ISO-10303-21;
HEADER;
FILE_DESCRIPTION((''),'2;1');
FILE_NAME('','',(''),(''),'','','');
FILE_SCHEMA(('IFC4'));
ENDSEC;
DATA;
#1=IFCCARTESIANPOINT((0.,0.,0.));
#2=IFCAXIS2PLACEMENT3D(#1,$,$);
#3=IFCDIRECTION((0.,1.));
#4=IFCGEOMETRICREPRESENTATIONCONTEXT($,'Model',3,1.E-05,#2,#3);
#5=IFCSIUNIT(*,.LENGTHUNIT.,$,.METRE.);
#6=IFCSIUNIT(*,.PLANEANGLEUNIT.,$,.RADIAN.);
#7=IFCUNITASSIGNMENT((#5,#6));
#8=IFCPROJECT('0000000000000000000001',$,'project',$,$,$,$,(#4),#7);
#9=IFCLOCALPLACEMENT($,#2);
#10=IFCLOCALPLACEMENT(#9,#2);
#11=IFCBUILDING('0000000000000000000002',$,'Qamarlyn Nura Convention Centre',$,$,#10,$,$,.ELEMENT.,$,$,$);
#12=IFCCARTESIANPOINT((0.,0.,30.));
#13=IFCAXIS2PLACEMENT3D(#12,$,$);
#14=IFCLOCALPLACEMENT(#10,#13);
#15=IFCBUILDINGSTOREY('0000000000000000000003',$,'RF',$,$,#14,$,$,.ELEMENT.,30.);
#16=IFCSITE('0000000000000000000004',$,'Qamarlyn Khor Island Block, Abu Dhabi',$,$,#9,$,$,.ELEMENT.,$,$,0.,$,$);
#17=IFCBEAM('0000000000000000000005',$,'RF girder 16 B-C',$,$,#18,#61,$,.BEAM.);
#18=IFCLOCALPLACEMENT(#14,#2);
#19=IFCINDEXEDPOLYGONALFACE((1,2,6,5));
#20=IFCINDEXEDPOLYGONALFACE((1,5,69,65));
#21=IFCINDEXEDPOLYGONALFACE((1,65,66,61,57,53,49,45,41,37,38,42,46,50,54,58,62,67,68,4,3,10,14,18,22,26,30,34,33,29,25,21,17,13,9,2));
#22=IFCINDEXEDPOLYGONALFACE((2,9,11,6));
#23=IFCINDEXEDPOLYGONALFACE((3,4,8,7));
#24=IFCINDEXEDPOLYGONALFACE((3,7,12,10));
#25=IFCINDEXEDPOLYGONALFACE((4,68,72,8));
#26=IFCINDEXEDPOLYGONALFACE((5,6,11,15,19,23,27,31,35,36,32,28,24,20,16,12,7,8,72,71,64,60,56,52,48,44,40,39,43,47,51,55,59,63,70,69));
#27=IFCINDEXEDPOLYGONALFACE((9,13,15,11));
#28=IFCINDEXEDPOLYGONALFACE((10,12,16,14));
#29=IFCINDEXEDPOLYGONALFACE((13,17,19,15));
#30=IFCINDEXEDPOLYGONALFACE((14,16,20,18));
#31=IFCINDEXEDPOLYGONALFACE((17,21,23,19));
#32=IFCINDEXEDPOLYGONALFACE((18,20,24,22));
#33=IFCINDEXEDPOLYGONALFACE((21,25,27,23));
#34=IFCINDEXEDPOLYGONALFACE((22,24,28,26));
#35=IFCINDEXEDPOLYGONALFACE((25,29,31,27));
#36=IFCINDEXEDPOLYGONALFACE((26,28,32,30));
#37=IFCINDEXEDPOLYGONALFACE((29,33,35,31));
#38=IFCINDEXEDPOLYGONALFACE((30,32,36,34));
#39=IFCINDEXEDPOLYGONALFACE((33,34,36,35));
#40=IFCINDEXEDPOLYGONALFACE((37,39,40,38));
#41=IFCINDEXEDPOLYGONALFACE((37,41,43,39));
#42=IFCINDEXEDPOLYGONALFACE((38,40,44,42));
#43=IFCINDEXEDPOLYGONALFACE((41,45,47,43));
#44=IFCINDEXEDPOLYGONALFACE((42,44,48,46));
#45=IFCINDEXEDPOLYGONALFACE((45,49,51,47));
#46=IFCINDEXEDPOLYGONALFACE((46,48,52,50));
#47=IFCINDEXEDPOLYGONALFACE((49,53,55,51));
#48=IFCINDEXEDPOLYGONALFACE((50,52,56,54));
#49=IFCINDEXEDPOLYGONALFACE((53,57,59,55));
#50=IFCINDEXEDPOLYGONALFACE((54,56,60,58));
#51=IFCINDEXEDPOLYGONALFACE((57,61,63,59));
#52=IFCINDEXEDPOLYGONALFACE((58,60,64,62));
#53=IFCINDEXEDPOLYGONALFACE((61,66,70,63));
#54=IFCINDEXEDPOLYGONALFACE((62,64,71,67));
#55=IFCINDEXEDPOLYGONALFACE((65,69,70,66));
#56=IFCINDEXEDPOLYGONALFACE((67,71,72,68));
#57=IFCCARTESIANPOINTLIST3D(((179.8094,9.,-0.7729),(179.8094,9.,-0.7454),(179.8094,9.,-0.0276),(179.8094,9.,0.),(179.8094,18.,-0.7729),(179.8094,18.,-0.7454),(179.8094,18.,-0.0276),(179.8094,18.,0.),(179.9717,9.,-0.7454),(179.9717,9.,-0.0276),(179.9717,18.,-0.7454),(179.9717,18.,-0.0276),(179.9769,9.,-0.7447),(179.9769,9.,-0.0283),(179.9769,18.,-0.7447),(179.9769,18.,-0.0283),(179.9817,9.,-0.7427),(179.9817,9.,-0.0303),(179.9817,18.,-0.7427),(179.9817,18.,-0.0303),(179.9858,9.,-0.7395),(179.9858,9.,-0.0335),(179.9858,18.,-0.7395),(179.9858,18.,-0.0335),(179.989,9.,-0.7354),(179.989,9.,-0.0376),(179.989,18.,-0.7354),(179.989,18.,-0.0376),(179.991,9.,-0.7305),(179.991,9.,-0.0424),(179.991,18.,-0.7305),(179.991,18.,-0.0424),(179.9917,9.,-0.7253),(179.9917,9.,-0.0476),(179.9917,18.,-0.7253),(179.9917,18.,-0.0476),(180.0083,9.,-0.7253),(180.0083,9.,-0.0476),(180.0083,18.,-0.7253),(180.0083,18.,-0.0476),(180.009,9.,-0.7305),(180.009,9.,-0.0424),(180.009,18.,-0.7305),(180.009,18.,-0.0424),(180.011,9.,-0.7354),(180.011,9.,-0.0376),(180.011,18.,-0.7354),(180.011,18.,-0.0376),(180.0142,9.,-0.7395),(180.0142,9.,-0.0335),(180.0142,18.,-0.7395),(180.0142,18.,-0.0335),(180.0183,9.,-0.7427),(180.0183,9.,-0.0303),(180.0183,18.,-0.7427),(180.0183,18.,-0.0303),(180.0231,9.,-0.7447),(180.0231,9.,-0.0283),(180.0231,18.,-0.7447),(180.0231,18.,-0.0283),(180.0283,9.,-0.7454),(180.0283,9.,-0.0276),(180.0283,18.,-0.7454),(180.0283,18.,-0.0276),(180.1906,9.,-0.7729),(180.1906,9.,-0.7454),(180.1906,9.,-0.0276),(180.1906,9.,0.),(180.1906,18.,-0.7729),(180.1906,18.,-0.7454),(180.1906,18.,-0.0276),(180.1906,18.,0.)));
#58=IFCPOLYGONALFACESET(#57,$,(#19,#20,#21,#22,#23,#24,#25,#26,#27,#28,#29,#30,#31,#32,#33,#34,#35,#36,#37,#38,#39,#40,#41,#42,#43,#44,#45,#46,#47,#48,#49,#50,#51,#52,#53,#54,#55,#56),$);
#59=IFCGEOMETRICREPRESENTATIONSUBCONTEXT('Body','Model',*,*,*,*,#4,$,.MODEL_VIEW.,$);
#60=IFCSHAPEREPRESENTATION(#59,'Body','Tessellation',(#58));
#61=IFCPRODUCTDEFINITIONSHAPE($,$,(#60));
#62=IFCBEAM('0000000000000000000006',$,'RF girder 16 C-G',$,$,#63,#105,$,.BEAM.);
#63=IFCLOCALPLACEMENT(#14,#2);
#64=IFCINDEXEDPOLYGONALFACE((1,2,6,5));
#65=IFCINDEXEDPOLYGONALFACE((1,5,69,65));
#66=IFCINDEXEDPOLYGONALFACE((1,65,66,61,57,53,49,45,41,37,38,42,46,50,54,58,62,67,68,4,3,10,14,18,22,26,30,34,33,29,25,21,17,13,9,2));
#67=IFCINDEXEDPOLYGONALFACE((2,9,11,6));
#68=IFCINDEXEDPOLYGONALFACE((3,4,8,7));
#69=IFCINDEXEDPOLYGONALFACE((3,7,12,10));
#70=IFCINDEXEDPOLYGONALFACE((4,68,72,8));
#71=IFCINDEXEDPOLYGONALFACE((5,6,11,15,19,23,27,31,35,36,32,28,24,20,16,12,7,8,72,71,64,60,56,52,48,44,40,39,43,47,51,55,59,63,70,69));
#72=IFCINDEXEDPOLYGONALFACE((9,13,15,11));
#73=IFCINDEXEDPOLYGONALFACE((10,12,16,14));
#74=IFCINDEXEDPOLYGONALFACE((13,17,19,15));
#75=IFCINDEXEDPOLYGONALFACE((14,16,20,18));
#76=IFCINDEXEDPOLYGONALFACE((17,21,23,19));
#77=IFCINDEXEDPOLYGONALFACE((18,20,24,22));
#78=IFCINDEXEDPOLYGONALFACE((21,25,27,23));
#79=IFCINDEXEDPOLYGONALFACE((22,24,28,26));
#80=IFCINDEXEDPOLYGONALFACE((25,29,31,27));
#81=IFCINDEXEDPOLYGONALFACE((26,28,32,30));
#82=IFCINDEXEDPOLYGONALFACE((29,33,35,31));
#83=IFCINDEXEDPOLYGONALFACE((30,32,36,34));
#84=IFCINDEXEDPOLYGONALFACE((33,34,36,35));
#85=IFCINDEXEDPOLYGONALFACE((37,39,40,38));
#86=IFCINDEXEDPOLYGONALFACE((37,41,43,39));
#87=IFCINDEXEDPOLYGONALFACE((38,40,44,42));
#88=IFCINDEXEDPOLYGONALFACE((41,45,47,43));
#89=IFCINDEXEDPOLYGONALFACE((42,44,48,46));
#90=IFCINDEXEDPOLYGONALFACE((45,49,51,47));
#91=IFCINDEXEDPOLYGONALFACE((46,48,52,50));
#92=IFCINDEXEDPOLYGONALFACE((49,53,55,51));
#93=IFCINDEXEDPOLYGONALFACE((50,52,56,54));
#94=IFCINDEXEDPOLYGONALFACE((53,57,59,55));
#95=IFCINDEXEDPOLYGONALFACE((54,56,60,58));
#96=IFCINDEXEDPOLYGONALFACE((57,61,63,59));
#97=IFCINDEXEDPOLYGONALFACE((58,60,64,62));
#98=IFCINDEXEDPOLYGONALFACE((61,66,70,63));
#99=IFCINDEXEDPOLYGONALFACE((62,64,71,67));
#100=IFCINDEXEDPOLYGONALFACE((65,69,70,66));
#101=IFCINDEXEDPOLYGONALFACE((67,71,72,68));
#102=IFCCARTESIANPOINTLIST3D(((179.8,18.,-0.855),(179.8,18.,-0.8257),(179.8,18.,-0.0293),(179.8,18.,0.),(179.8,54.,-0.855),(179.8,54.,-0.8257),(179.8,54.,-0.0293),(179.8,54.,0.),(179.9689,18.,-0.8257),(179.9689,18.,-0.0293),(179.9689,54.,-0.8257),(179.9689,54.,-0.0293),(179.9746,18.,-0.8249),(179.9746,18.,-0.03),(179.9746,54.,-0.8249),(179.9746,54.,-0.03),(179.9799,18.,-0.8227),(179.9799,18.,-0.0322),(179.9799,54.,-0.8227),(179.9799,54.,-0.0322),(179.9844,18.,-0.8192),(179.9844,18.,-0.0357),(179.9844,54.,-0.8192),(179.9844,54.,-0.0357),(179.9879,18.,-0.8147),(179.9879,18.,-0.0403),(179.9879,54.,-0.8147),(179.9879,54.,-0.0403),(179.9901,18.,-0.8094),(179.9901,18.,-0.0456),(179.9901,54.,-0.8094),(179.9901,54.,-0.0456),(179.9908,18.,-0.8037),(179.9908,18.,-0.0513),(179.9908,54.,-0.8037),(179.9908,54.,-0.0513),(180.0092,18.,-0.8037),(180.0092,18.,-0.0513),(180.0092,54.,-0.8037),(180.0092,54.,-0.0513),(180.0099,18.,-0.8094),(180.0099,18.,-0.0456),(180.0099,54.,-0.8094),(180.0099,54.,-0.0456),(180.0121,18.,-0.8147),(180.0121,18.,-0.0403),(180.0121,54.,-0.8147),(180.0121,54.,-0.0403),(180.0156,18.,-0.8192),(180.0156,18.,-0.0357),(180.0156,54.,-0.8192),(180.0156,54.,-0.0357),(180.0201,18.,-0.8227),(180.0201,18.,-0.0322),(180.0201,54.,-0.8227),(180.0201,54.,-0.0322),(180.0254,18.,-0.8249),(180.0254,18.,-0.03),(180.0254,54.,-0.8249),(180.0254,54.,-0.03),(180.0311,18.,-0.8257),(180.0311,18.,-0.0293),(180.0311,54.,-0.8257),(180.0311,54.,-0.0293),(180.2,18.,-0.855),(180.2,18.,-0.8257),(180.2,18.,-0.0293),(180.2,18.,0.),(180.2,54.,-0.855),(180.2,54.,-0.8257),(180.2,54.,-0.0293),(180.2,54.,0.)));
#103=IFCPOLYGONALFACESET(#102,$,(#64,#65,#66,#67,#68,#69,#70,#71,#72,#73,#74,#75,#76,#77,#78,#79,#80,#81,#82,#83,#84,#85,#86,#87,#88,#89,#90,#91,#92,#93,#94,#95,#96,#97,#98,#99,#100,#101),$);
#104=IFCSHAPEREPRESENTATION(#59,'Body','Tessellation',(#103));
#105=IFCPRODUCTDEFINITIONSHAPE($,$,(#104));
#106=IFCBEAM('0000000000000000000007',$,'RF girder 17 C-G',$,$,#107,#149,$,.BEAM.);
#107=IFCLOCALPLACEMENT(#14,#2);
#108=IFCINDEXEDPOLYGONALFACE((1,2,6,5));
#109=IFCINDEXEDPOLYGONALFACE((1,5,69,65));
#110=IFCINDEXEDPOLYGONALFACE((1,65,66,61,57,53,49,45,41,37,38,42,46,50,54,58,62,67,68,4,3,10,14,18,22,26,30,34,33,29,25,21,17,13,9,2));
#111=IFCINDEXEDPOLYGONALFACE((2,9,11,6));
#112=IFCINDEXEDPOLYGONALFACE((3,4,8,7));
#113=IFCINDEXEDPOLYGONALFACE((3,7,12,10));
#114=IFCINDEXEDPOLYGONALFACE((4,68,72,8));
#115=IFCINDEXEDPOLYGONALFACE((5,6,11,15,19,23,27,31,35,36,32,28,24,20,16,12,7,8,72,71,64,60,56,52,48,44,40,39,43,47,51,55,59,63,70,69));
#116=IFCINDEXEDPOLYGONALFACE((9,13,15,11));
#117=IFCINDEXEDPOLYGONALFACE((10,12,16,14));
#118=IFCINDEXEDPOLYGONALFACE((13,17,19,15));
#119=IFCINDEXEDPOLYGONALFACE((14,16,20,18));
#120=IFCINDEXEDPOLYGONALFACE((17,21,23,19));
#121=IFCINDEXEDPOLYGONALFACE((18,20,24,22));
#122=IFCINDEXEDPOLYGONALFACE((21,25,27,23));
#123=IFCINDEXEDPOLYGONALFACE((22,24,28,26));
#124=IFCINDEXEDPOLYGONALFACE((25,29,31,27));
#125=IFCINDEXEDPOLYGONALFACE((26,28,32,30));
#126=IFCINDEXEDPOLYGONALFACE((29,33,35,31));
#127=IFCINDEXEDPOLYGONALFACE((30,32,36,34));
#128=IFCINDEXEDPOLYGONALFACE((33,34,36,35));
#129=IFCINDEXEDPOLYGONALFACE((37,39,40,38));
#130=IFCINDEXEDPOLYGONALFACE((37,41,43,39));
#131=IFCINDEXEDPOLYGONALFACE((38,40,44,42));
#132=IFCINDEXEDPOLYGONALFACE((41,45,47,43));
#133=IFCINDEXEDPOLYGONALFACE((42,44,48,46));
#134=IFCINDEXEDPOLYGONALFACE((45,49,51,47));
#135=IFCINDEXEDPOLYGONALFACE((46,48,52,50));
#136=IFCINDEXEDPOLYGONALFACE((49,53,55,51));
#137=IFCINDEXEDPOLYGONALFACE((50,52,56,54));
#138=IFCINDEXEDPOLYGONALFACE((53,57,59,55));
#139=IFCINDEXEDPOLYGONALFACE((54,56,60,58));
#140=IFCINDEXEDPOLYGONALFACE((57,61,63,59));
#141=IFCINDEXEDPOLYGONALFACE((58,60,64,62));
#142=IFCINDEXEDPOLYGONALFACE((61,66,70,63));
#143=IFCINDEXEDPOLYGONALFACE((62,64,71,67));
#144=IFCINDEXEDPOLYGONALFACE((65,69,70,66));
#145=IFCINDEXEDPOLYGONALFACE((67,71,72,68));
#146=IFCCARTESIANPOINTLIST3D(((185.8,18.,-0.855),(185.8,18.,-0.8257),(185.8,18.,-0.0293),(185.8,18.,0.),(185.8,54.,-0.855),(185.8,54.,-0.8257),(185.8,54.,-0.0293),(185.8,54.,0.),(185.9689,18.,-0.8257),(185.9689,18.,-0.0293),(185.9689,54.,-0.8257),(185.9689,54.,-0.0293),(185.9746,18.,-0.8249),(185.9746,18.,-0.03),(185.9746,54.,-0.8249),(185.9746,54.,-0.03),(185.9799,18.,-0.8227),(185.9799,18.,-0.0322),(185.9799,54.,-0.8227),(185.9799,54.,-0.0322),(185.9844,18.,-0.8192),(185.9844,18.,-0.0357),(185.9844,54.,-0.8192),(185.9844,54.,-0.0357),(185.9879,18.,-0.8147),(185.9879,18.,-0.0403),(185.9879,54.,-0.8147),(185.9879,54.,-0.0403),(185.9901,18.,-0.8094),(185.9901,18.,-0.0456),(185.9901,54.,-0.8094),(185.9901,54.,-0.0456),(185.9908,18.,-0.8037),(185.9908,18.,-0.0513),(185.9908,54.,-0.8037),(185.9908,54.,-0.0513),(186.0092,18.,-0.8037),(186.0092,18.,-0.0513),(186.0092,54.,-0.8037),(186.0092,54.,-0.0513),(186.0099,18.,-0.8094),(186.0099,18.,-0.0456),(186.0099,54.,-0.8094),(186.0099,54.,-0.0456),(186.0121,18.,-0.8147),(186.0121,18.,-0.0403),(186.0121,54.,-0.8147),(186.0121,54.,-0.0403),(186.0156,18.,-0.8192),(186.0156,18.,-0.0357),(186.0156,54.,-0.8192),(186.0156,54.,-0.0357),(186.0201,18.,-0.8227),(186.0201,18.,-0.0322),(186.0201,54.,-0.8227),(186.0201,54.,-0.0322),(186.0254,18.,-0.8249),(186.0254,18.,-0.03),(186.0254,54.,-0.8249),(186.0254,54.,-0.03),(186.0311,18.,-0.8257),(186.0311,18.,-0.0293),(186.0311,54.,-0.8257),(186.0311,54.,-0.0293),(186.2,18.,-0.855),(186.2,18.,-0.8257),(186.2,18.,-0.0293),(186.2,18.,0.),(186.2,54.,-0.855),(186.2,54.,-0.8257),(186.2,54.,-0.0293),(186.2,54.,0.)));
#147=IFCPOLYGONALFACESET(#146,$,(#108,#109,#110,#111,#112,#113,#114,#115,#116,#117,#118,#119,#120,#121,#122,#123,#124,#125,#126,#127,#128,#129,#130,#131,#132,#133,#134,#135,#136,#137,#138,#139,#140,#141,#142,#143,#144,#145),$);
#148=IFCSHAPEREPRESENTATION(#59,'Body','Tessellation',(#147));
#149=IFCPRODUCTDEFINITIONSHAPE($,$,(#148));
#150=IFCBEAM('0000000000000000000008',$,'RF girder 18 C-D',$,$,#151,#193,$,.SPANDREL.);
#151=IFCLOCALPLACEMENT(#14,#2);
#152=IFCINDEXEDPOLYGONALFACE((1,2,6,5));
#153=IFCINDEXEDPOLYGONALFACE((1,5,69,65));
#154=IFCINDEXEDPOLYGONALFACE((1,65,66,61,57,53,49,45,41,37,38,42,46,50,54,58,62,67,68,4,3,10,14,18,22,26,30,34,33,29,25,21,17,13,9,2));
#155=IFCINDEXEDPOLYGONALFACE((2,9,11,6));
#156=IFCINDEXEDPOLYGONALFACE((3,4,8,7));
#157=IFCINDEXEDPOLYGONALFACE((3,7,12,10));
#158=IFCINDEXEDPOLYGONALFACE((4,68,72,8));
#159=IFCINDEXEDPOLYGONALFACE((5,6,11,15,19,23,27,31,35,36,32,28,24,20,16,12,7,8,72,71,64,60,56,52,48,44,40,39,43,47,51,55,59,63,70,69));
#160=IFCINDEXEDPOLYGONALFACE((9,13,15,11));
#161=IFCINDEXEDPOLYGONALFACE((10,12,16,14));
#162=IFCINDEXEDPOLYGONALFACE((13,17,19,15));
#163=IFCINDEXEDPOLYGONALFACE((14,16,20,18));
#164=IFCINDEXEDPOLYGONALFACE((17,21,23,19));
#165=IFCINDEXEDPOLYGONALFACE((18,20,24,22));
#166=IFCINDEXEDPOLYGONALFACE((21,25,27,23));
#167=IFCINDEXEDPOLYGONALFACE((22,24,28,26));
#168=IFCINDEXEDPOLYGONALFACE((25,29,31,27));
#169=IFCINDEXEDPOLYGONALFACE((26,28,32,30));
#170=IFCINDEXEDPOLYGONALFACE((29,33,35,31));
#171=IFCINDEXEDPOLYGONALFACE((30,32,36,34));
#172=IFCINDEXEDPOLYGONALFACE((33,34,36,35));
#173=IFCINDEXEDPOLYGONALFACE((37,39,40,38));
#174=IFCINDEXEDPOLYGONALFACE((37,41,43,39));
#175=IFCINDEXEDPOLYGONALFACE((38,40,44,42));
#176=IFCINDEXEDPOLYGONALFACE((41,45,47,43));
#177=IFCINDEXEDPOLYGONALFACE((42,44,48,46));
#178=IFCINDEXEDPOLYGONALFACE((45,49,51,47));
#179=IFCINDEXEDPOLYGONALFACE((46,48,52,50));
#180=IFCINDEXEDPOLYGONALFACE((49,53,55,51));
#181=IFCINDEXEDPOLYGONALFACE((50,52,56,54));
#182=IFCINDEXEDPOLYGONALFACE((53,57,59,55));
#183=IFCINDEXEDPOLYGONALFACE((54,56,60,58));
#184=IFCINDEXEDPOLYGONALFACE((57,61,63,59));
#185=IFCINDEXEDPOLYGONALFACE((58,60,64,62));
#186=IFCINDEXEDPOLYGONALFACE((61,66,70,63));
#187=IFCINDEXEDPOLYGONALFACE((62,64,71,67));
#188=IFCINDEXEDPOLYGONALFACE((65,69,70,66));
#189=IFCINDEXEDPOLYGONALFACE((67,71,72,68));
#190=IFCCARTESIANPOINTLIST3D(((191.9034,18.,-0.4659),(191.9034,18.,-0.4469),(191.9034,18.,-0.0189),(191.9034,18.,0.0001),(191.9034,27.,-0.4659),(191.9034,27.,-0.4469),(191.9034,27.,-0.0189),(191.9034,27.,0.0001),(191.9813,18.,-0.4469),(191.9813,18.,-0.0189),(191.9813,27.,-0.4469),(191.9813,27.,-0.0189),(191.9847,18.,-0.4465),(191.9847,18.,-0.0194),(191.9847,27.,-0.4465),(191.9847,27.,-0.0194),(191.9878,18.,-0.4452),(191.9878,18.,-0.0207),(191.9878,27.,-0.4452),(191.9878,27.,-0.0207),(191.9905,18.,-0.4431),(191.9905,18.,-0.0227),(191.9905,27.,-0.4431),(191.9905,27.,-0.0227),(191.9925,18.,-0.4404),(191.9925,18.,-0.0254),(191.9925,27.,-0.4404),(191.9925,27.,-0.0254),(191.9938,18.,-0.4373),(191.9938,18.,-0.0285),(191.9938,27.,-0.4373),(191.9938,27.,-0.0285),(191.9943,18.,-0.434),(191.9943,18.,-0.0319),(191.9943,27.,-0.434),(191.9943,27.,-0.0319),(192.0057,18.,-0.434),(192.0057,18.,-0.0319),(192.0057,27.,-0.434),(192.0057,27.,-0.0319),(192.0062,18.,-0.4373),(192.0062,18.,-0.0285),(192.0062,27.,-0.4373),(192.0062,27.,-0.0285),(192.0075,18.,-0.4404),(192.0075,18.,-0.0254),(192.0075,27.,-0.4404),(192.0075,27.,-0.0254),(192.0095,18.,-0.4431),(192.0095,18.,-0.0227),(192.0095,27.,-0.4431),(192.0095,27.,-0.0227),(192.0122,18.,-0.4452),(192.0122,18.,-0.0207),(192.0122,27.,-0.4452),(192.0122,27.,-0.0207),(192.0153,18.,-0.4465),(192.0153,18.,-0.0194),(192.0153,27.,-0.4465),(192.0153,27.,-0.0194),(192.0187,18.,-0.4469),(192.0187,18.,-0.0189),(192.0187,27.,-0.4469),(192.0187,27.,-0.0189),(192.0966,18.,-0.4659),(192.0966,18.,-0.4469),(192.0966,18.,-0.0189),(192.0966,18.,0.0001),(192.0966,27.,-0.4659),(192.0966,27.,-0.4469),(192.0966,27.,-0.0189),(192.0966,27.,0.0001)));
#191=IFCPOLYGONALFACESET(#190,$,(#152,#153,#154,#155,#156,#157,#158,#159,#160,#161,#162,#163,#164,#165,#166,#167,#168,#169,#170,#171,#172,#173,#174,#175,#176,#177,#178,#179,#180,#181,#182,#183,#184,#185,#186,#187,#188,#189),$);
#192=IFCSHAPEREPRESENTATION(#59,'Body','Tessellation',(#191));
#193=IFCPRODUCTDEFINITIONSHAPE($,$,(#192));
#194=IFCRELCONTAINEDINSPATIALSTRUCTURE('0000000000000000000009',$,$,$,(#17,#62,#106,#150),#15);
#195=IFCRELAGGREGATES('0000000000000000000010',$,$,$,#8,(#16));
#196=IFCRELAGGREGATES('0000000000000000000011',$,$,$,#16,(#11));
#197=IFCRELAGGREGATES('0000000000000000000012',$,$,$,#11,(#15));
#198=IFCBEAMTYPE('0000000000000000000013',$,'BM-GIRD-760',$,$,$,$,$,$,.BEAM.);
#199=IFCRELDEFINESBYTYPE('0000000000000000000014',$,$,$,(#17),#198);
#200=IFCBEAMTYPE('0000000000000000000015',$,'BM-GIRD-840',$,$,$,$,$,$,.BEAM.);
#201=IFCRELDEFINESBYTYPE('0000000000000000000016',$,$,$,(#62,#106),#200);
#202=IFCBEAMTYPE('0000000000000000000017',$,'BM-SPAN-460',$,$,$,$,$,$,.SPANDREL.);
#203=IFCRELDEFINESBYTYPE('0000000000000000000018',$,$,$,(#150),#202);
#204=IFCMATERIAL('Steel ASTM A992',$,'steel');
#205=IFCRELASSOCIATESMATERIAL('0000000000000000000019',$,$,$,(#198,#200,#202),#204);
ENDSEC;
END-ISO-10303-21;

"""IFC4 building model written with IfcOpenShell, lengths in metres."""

from ifc_helpers import new_model, si_unit, direction, frame, origin, origin_2d, place, context, subcontext, project, spatial, i_section, extrude, material, material_profile, profile_set, type_object, element, save


model = new_model("IFC4")

# Units and contexts
model_context = context("Model", 3, precision=1e-05, world=origin(), true_north=direction((0.0, 1.0)))
body_context = subcontext(model_context, "Body", "Model", "MODEL_VIEW")
ifc_project = project(units=[si_unit("LENGTHUNIT", "METRE"), si_unit("PLANEANGLEUNIT", "RADIAN")], contexts=[model_context])

# Site, building, storey
site_placement = place(None, origin())
site = spatial("IfcSite", under=ifc_project, at=site_placement, Name="Qamarlyn Khor Island Block, Abu Dhabi", CompositionType="ELEMENT", RefElevation=0.0)
building_placement = place(site_placement, origin())
building = spatial("IfcBuilding", under=site, at=building_placement, Name="Qamarlyn Nura Convention Centre", CompositionType="ELEMENT")
storey_placement = place(building_placement, frame((0.0, 0.0, 30.0)))
storey = spatial("IfcBuildingStorey", under=building, at=storey_placement, Name="RF", CompositionType="ELEMENT", Elevation=30.0)

# Beams
ifc_material_1 = material(Name="Steel ASTM A992", Category="steel")
ifc_material_profile_1 = material_profile(ifc_material_1, i_section(OverallWidth=0.3811, OverallDepth=0.7729, WebThickness=0.0166, FlangeThickness=0.0276, FilletRadius=0.02, at=origin_2d()), Name="W760X257")
ifc_profile_set_1 = profile_set([ifc_material_profile_1], Name="Steel ASTM A992")
beam_type_1 = type_object("IfcBeamType", Name="BM-GIRD-760", PredefinedType="BEAM", material=ifc_profile_set_1)
for number, where, z_axis, x_axis, name in (
    (1, (180.0, 9.0, -0.3865), (0.0, 1.0, 0.0), (-1.0, 0.0, 0.0), "RF girder 16 B-C"),
):
    element("IfcBeam", number, at=place(storey_placement, frame(where, z_axis=z_axis, x_axis=x_axis)), inside=storey, type_object=beam_type_1, Name=name, PredefinedType="BEAM", context=body_context, shape_type="SweptSolid", body=[
        extrude(i_section(OverallWidth=0.3811, OverallDepth=0.7729, WebThickness=0.0166, FlangeThickness=0.0276, FilletRadius=0.02, at=origin_2d()), origin(), (0.0, 0.0, 1.0), 9.0),
    ])
ifc_material_profile_2 = material_profile(ifc_material_1, i_section(OverallWidth=0.3999, OverallDepth=0.855, WebThickness=0.0183, FlangeThickness=0.0293, FilletRadius=0.022, at=origin_2d()), Name="W840X299")
ifc_profile_set_2 = profile_set([ifc_material_profile_2], Name="Steel ASTM A992")
beam_type_2 = type_object("IfcBeamType", Name="BM-GIRD-840", PredefinedType="BEAM", material=ifc_profile_set_2)
for number, where, z_axis, x_axis, name in (
    (2, (180.0, 18.0, -0.4275), (0.0, 1.0, 0.0), (-1.0, 0.0, 0.0), "RF girder 16 C-G"),
    (3, (186.0, 18.0, -0.4275), (0.0, 1.0, 0.0), (-1.0, 0.0, 0.0), "RF girder 17 C-G"),
):
    element("IfcBeam", number, at=place(storey_placement, frame(where, z_axis=z_axis, x_axis=x_axis)), inside=storey, type_object=beam_type_2, Name=name, PredefinedType="BEAM", context=body_context, shape_type="SweptSolid", body=[
        extrude(i_section(OverallWidth=0.3999, OverallDepth=0.855, WebThickness=0.0183, FlangeThickness=0.0293, FilletRadius=0.022, at=origin_2d()), origin(), (0.0, 0.0, 1.0), 36.0),
    ])
ifc_material_profile_3 = material_profile(ifc_material_1, i_section(OverallWidth=0.1931, OverallDepth=0.4661, WebThickness=0.0115, FlangeThickness=0.019, FilletRadius=0.0129, at=origin_2d()), Name="W460X97")
ifc_profile_set_3 = profile_set([ifc_material_profile_3], Name="Steel ASTM A992")
beam_type_3 = type_object("IfcBeamType", Name="BM-SPAN-460", PredefinedType="SPANDREL", material=ifc_profile_set_3)
for number, where, z_axis, x_axis, name in (
    (4, (192.0, 18.0, -0.2329), (0.0, 1.0, 0.0), (-1.0, 0.0, 0.0), "RF girder 18 C-D"),
):
    element("IfcBeam", number, at=place(storey_placement, frame(where, z_axis=z_axis, x_axis=x_axis)), inside=storey, type_object=beam_type_3, Name=name, PredefinedType="SPANDREL", context=body_context, shape_type="SweptSolid", body=[
        extrude(i_section(OverallWidth=0.1931, OverallDepth=0.4661, WebThickness=0.0115, FlangeThickness=0.019, FilletRadius=0.0129, at=origin_2d()), origin(), (0.0, 0.0, 1.0), 9.0),
    ])

save(model, "model.ifc")
